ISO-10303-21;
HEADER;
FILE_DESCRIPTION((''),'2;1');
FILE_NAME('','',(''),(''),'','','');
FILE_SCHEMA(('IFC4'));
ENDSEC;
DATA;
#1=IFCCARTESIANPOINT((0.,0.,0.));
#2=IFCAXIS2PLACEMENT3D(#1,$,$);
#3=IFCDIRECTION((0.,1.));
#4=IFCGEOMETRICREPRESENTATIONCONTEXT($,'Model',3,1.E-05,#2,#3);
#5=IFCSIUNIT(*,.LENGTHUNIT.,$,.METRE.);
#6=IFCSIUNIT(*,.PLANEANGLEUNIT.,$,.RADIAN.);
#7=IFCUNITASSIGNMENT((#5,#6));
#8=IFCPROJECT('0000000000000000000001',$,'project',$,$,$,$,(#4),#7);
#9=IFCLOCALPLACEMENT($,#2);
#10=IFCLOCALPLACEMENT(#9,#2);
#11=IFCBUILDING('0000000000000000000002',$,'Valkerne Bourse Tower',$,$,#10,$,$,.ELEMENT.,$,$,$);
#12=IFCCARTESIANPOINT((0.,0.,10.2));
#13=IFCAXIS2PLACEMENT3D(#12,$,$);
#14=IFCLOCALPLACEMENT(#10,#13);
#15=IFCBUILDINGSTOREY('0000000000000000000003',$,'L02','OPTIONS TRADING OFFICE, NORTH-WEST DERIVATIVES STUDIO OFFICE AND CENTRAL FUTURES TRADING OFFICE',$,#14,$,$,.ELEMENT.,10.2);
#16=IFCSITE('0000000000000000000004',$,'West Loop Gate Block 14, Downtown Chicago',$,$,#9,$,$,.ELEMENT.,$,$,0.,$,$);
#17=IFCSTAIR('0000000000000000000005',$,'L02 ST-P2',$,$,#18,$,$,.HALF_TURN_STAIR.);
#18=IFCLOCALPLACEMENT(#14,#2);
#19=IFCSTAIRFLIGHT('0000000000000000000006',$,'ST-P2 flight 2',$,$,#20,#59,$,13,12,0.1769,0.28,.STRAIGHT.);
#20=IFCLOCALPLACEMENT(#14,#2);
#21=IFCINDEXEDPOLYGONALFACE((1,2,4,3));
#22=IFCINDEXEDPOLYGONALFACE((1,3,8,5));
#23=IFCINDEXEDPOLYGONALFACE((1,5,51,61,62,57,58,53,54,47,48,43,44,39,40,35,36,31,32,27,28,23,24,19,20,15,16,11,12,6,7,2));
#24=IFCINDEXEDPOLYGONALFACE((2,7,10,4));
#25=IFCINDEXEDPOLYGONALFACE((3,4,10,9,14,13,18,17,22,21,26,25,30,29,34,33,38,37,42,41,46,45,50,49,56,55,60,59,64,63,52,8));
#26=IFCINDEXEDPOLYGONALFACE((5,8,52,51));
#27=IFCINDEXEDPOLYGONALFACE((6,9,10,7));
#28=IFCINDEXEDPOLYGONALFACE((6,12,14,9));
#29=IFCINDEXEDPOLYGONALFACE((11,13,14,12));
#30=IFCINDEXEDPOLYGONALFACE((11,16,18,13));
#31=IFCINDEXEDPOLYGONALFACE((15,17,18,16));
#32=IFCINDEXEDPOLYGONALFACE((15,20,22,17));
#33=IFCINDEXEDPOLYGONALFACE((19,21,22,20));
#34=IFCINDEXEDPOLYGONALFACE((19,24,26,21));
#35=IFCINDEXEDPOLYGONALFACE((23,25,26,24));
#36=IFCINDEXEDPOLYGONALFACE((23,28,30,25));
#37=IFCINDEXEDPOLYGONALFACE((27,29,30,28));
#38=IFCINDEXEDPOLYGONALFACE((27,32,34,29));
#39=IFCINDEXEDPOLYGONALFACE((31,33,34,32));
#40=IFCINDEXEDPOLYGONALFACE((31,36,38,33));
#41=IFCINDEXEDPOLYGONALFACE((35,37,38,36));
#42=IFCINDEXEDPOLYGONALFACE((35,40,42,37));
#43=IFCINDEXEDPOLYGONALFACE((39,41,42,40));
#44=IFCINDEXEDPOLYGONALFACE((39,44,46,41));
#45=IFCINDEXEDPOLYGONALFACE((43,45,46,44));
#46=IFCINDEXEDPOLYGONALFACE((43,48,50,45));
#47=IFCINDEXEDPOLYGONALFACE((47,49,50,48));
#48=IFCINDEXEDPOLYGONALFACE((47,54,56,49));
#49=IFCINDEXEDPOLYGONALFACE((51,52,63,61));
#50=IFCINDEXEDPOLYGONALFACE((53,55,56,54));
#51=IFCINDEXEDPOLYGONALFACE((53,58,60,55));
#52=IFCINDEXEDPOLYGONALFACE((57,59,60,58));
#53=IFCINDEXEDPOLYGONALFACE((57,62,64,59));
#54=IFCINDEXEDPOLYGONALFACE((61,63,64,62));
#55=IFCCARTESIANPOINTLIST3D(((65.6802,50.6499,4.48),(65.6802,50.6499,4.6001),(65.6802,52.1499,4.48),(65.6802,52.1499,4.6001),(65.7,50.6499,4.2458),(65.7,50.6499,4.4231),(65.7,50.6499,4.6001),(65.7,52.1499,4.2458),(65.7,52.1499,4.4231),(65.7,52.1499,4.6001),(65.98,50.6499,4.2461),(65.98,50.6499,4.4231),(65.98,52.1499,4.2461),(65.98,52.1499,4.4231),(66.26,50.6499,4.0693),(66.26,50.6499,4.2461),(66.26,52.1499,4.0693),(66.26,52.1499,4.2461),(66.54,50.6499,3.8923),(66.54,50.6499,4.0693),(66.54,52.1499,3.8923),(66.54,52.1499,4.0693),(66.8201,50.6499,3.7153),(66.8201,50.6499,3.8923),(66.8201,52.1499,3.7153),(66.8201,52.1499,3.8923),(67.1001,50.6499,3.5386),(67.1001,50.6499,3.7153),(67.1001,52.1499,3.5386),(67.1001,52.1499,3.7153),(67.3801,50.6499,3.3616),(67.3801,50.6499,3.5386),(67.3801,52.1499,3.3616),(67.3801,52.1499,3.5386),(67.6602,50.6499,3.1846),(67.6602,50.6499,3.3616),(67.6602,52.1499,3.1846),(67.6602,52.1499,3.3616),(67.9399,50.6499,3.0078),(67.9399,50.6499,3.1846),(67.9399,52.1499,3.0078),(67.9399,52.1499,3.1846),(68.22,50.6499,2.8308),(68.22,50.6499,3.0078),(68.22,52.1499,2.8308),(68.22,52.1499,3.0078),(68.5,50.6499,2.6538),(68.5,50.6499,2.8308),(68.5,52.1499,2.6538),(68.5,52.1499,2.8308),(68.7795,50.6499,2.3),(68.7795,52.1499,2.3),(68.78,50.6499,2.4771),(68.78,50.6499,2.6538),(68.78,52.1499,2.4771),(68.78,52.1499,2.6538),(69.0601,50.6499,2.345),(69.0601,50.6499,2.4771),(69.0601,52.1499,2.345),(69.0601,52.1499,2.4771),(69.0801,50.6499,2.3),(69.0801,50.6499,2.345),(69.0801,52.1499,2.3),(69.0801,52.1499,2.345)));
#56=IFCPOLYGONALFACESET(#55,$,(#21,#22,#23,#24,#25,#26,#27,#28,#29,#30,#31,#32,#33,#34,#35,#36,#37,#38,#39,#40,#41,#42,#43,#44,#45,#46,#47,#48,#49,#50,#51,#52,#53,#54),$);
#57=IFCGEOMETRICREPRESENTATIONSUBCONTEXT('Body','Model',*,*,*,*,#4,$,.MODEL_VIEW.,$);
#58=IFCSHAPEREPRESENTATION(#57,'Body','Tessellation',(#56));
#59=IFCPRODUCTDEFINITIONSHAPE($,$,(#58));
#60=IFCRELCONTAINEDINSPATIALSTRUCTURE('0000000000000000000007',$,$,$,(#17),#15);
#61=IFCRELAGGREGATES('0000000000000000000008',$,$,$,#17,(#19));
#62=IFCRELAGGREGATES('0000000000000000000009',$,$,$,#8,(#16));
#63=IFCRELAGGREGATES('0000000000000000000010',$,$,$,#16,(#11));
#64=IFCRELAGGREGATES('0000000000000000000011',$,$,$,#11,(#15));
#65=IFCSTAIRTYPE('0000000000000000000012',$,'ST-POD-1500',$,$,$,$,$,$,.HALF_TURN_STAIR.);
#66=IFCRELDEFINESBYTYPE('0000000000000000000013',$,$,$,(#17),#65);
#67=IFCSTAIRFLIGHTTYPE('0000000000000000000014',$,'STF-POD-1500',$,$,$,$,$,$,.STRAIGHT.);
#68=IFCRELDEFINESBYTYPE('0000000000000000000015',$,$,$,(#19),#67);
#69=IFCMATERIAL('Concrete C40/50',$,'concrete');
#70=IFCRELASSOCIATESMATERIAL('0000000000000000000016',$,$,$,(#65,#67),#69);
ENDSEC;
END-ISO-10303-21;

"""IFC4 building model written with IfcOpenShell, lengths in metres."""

from ifc_helpers import new_model, si_unit, direction, frame, origin, place, context, subcontext, project, spatial, polyline, outline, extrude, material, type_object, element, aggregate, save


model = new_model("IFC4")

# Units and contexts
model_context = context("Model", 3, precision=1e-05, world=origin(), true_north=direction((0.0, 1.0)))
body_context = subcontext(model_context, "Body", "Model", "MODEL_VIEW")
ifc_project = project(units=[si_unit("LENGTHUNIT", "METRE"), si_unit("PLANEANGLEUNIT", "RADIAN")], contexts=[model_context])

# Site, building, storey
site_placement = place(None, origin())
site = spatial("IfcSite", under=ifc_project, at=site_placement, Name="West Loop Gate Block 14, Downtown Chicago", CompositionType="ELEMENT", RefElevation=0.0)
building_placement = place(site_placement, origin())
building = spatial("IfcBuilding", under=site, at=building_placement, Name="Valkerne Bourse Tower", CompositionType="ELEMENT")
storey_placement = place(building_placement, frame((0.0, 0.0, 10.2)))
storey = spatial("IfcBuildingStorey", under=building, at=storey_placement, Name="L02", Description="OPTIONS TRADING OFFICE, NORTH-WEST DERIVATIVES STUDIO OFFICE AND CENTRAL FUTURES TRADING OFFICE", CompositionType="ELEMENT", Elevation=10.2)

# Shared definitions
ifc_material_1 = material(Name="Concrete C40/50", Category="concrete")

# Stair, stair flight
stair_type = type_object("IfcStairType", Name="ST-POD-1500", PredefinedType="HALF_TURN_STAIR", material=ifc_material_1)
stair_placement = place(storey_placement, origin())
stair = element("IfcStair", 1, at=stair_placement, inside=storey, type_object=stair_type, Name="L02 ST-P2", PredefinedType="HALF_TURN_STAIR")
stair_flight_type = type_object("IfcStairFlightType", Name="STF-POD-1500", PredefinedType="STRAIGHT", material=ifc_material_1)
stair_flight_1_placement = place(storey_placement, frame((69.0601, 51.3999, 2.3), z_axis=(0.0, 0.0, 1.0), x_axis=(-1.0, 0.0, 0.0)))
stair_flight_1 = element("IfcStairFlight", 2, at=stair_flight_1_placement, type_object=stair_flight_type, Name="ST-P2 flight 2", NumberOfRisers=13, NumberOfTreads=12, PredefinedType="STRAIGHT", RiserHeight=0.1769, TreadLength=0.28, context=body_context, shape_type="SweptSolid", body=[
    extrude(outline(polyline([(-0.02, 0.0), (-0.02, 0.0449), (0.0, 0.0449), (0.0, 0.177), (0.28, 0.177), (0.28, 0.3538), (0.5601, 0.3538), (0.5601, 0.5308), (0.8401, 0.5308), (0.8401, 0.7078), (1.1201, 0.7078), (1.1201, 0.8845), (1.3999, 0.8845), (1.3999, 1.0615), (1.6799, 1.0615), (1.6799, 1.2385), (1.96, 1.2385), (1.96, 1.4153), (2.24, 1.4153), (2.24, 1.5923), (2.52, 1.5923), (2.52, 1.7693), (2.8, 1.7693), (2.8, 1.946), (3.0801, 1.946), (3.0801, 2.123), (3.3601, 2.123), (3.3601, 2.3), (3.3799, 2.3), (3.3799, 2.1799), (3.3601, 1.9458), (0.2805, 0.0), (-0.02, 0.0)])), frame((0.0, 0.75, 0.0), z_axis=(0.0, -1.0, 0.0), x_axis=(1.0, 0.0, 0.0)), (0.0, 0.0, 1.0), 1.5),
])
aggregate(stair, [stair_flight_1])

save(model, "model.ifc")
